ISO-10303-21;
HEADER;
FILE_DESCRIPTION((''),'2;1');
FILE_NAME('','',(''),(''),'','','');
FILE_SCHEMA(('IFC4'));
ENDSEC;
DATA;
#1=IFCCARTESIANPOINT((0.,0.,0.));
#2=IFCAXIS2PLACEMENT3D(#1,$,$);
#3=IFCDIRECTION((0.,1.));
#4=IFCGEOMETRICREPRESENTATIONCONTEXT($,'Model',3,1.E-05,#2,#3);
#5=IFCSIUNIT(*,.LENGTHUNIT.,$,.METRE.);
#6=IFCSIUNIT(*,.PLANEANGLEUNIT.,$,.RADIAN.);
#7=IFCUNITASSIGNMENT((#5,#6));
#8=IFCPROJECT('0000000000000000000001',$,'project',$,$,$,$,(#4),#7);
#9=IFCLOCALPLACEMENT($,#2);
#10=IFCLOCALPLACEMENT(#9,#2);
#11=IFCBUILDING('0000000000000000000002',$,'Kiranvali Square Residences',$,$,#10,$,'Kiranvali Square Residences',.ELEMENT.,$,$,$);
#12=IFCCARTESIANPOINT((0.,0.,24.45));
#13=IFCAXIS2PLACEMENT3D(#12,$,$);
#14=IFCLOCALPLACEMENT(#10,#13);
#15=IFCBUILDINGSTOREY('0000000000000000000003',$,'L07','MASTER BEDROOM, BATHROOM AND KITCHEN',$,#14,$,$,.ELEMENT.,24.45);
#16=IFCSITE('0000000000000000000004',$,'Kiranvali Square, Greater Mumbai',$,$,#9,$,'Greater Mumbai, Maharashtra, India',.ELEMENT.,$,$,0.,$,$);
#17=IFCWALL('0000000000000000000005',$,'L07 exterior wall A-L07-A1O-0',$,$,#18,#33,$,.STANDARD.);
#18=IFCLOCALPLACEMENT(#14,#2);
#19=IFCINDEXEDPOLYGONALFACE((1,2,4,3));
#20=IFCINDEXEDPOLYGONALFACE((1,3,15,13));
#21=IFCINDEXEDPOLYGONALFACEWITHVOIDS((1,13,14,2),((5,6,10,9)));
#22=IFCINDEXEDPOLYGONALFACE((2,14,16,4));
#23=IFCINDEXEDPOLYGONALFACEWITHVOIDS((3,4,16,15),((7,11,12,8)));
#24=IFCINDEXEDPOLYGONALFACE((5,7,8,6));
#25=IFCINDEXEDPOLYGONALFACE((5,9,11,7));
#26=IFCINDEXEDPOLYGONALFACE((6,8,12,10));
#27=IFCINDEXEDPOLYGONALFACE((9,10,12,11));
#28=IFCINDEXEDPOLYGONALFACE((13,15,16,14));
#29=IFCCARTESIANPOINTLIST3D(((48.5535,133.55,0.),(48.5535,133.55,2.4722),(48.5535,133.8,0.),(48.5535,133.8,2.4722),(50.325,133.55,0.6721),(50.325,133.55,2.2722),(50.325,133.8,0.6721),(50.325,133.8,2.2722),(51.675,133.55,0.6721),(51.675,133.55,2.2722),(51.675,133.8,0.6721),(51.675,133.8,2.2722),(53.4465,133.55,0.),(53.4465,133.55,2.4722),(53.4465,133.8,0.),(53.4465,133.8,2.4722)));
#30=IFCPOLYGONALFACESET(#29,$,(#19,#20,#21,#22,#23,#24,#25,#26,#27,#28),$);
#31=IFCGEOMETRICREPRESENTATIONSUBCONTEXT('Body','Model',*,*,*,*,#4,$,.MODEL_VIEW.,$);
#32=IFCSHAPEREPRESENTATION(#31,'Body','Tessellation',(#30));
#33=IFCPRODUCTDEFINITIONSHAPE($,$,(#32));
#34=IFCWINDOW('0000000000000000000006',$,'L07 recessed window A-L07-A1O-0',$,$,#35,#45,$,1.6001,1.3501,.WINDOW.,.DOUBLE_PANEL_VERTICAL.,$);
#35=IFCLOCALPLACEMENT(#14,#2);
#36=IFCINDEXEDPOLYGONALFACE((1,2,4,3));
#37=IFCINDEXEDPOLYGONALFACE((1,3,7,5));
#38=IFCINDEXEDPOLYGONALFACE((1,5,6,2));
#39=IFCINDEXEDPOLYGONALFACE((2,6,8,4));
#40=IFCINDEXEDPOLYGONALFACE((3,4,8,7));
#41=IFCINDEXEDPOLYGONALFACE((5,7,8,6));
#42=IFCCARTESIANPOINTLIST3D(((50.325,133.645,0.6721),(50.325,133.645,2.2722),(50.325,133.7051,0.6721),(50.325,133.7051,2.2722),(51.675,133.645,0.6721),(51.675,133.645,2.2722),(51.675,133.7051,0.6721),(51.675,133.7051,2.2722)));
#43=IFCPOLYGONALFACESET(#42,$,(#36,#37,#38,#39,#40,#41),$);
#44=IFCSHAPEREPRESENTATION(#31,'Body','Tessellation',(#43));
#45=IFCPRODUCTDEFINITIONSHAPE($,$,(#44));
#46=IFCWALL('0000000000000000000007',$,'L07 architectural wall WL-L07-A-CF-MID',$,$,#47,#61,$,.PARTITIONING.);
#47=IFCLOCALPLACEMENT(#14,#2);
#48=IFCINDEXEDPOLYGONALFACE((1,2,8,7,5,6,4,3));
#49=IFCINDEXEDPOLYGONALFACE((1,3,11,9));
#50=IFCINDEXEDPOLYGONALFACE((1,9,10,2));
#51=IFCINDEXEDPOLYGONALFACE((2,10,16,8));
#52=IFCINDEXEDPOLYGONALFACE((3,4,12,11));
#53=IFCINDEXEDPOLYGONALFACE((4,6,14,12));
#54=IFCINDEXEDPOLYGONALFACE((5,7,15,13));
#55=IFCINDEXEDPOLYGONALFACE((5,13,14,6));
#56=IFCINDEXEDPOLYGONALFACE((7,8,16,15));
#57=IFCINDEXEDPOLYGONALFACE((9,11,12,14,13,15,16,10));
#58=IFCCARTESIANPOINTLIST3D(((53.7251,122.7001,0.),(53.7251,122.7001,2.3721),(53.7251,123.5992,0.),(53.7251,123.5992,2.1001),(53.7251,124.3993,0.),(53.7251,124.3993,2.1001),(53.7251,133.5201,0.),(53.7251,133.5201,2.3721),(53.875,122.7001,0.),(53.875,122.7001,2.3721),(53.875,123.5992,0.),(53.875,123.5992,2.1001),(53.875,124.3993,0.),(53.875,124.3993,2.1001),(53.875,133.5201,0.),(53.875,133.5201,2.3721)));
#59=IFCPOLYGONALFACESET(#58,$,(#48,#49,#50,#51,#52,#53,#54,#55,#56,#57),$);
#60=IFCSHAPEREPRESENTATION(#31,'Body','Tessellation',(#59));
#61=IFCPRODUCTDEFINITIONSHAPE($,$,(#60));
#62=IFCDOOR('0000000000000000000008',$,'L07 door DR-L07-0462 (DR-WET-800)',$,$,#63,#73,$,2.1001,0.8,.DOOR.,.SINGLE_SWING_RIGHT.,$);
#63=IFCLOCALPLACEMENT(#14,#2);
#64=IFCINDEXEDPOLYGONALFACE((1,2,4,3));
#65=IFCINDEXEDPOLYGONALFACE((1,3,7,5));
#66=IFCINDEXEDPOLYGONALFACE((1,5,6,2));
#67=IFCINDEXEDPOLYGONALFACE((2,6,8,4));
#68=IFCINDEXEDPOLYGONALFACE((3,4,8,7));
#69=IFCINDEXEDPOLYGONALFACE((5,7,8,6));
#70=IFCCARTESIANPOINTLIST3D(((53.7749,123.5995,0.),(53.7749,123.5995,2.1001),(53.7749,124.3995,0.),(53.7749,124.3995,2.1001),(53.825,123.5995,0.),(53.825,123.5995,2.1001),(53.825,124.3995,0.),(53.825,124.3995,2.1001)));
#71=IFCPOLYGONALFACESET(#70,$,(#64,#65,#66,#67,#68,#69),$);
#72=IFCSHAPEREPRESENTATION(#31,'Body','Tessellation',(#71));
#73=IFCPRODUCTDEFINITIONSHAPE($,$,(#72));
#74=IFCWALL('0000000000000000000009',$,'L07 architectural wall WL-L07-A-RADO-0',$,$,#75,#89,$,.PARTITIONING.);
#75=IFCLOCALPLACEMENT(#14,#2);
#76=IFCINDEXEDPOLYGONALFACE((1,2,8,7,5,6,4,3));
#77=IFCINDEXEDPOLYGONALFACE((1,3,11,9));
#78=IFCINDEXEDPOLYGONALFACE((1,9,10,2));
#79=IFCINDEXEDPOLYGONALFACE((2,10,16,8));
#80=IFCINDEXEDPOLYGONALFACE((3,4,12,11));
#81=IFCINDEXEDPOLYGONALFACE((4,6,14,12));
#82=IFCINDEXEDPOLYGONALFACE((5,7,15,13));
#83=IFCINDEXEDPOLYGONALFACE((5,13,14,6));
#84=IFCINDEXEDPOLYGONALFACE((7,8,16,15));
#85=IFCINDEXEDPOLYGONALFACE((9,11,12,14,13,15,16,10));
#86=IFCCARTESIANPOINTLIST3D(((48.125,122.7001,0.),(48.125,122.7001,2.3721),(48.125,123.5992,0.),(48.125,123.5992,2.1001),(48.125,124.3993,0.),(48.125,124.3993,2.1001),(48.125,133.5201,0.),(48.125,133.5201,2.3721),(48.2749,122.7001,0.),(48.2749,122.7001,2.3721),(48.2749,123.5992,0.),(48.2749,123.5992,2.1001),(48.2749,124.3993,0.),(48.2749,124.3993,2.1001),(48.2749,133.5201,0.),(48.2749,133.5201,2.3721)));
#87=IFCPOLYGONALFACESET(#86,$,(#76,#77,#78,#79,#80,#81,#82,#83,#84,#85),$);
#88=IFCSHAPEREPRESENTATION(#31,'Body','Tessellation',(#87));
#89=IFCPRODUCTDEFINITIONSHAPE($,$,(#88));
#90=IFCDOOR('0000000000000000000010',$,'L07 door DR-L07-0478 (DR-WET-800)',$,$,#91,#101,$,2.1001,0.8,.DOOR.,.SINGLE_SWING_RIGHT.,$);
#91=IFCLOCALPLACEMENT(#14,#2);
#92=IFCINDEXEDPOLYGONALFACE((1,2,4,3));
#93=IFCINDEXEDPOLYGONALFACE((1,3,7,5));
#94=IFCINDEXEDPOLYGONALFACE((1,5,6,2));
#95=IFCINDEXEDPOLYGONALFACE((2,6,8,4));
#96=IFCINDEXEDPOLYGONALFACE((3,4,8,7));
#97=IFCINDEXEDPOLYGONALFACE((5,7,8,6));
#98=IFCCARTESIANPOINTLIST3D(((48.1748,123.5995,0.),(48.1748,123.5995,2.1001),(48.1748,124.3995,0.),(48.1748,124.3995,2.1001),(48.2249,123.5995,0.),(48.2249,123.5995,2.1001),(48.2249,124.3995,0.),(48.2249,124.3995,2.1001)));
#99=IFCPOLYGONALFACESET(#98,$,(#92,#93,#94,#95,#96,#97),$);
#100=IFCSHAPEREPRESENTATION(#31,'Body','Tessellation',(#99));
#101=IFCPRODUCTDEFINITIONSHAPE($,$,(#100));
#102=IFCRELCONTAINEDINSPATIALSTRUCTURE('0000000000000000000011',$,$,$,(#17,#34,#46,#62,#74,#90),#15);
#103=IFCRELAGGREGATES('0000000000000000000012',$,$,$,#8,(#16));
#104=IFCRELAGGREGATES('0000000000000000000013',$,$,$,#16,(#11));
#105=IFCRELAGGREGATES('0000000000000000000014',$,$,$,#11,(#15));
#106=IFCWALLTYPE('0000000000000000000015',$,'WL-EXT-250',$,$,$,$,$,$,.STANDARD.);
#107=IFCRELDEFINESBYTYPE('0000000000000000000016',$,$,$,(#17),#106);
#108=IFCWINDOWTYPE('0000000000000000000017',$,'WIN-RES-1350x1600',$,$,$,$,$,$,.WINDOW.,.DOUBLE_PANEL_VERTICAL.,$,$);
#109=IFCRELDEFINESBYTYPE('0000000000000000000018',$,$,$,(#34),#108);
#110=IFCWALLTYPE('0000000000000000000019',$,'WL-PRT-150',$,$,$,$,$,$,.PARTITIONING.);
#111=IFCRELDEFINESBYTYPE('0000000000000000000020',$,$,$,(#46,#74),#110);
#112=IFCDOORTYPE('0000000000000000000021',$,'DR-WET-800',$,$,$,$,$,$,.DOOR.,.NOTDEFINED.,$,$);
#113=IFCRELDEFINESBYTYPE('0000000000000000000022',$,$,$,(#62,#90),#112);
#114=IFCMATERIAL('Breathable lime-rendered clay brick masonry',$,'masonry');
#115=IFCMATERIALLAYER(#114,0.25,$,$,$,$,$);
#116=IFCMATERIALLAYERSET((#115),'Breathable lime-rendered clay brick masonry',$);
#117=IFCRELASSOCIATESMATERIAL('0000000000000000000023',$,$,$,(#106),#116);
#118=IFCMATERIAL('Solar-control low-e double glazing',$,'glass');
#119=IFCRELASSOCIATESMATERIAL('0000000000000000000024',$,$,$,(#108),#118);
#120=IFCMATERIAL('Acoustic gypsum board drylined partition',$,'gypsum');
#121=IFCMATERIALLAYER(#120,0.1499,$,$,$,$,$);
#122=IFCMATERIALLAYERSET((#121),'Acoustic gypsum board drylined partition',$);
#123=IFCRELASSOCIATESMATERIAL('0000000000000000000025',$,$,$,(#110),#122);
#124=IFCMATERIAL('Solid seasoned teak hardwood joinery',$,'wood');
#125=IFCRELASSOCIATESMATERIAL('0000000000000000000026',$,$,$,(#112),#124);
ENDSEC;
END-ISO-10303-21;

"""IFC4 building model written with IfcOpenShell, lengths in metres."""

from ifc_helpers import new_model, si_unit, direction, frame, frame_2d, origin, place, context, subcontext, project, spatial, rectangle, extrude, material, layer, layer_set, type_object, element, fill, save


model = new_model("IFC4")

# Units and contexts
model_context = context("Model", 3, precision=1e-05, world=origin(), true_north=direction((0.0, 1.0)))
body_context = subcontext(model_context, "Body", "Model", "MODEL_VIEW")
ifc_project = project(units=[si_unit("LENGTHUNIT", "METRE"), si_unit("PLANEANGLEUNIT", "RADIAN")], contexts=[model_context])

# Site, building, storey
site_placement = place(None, origin())
site = spatial("IfcSite", under=ifc_project, at=site_placement, Name="Kiranvali Square, Greater Mumbai", LongName="Greater Mumbai, Maharashtra, India", CompositionType="ELEMENT", RefElevation=0.0)
building_placement = place(site_placement, origin())
building = spatial("IfcBuilding", under=site, at=building_placement, Name="Kiranvali Square Residences", LongName="Kiranvali Square Residences", CompositionType="ELEMENT")
storey_placement = place(building_placement, frame((0.0, 0.0, 24.45)))
storey = spatial("IfcBuildingStorey", under=building, at=storey_placement, Name="L07", Description="MASTER BEDROOM, BATHROOM AND KITCHEN", CompositionType="ELEMENT", Elevation=24.45)

# Wall, opening, window
ifc_material_1 = material(Name="Breathable lime-rendered clay brick masonry", Category="masonry")
ifc_layer_1 = layer(ifc_material_1, 0.25)
ifc_layer_set_1 = layer_set([ifc_layer_1], Name="Breathable lime-rendered clay brick masonry")
wall_type_1 = type_object("IfcWallType", Name="WL-EXT-250", PredefinedType="STANDARD", material=ifc_layer_set_1)
wall_1_placement = place(storey_placement, frame((48.5535, 133.675, 0.0), z_axis=(0.0, 0.0, 1.0), x_axis=(1.0, 0.0, 0.0)))
wall_1 = element("IfcWall", 1, at=wall_1_placement, inside=storey, type_object=wall_type_1, Name="L07 exterior wall A-L07-A1O-0", PredefinedType="STANDARD", context=body_context, shape_type="SweptSolid", body=[
    extrude(rectangle(XDim=4.8931, YDim=0.25, at=frame_2d((2.4465, 0.0))), origin(), (0.0, 0.0, 1.0), 2.4722),
])
opening_1_placement = place(wall_1_placement, frame((1.7715, 0.0, 0.6721)))
opening_1 = element("IfcOpeningElement", 2, at=opening_1_placement, cuts=wall_1, PredefinedType="OPENING", context=body_context, shape_type="SweptSolid", body=[
    extrude(rectangle(XDim=1.3501, YDim=1.6001, at=frame_2d((0.675, 0.8))), frame((0.0, 0.135, 0.0), z_axis=(0.0, -1.0, 0.0), x_axis=(1.0, 0.0, 0.0)), (0.0, 0.0, 1.0), 0.27),
])
ifc_material_2 = material(Name="Solar-control low-e double glazing", Category="glass")
window_type = type_object("IfcWindowType", Name="WIN-RES-1350x1600", PartitioningType="DOUBLE_PANEL_VERTICAL", PredefinedType="WINDOW", material=ifc_material_2)
window_placement = place(opening_1_placement, origin())
window = element("IfcWindow", 3, at=window_placement, inside=storey, type_object=window_type, Name="L07 recessed window A-L07-A1O-0", OverallHeight=1.6001, OverallWidth=1.3501, PartitioningType="DOUBLE_PANEL_VERTICAL", PredefinedType="WINDOW", context=body_context, shape_type="SweptSolid", body=[
    extrude(rectangle(XDim=1.3501, YDim=1.6001, at=frame_2d((0.675, 0.8))), frame((0.0, 0.03, 0.0), z_axis=(0.0, -1.0, 0.0), x_axis=(1.0, 0.0, 0.0)), (0.0, 0.0, 1.0), 0.0601),
])
fill(opening_1, window)

# Walls, openings, doors
ifc_material_3 = material(Name="Acoustic gypsum board drylined partition", Category="gypsum")
ifc_layer_2 = layer(ifc_material_3, 0.1499)
ifc_layer_set_2 = layer_set([ifc_layer_2], Name="Acoustic gypsum board drylined partition")
wall_type_2 = type_object("IfcWallType", Name="WL-PRT-150", PredefinedType="PARTITIONING", material=ifc_layer_set_2)
wall_2_placement = place(storey_placement, frame((53.8, 122.7, 0.0), z_axis=(0.0, 0.0, 1.0), x_axis=(0.0, 1.0, 0.0)))
wall_2 = element("IfcWall", 4, at=wall_2_placement, inside=storey, type_object=wall_type_2, Name="L07 architectural wall WL-L07-A-CF-MID", PredefinedType="PARTITIONING", context=body_context, shape_type="SweptSolid", body=[
    extrude(rectangle(XDim=10.8201, YDim=0.1499, at=frame_2d((5.4102, 0.0))), origin(), (0.0, 0.0, 1.0), 2.3721),
])
opening_2_placement = place(wall_2_placement, frame((0.8994, 0.0, 0.0)))
opening_2 = element("IfcOpeningElement", 5, at=opening_2_placement, cuts=wall_2, PredefinedType="OPENING", context=body_context, shape_type="SweptSolid", body=[
    extrude(rectangle(XDim=0.8, YDim=2.1001, at=frame_2d((0.3999, 1.05))), frame((0.0, 0.085, 0.0), z_axis=(0.0, -1.0, 0.0), x_axis=(1.0, 0.0, 0.0)), (0.0, 0.0, 1.0), 0.1699),
])
ifc_material_4 = material(Name="Solid seasoned teak hardwood joinery", Category="wood")
door_type = type_object("IfcDoorType", Name="DR-WET-800", OperationType="NOTDEFINED", PredefinedType="DOOR", material=ifc_material_4)
door_1_placement = place(opening_2_placement, frame((0.8, 0.0, 0.0), z_axis=(0.0, 0.0, 1.0), x_axis=(-1.0, 0.0, 0.0)))
door_1 = element("IfcDoor", 6, at=door_1_placement, inside=storey, type_object=door_type, Name="L07 door DR-L07-0462 (DR-WET-800)", OperationType="SINGLE_SWING_RIGHT", OverallHeight=2.1001, OverallWidth=0.8, PredefinedType="DOOR", context=body_context, shape_type="SweptSolid", body=[
    extrude(rectangle(XDim=0.8, YDim=2.1001, at=frame_2d((0.3999, 1.05))), frame((0.0, 0.0249, 0.0), z_axis=(0.0, -1.0, 0.0), x_axis=(1.0, 0.0, 0.0)), (0.0, 0.0, 1.0), 0.05),
])
fill(opening_2, door_1)
wall_3_placement = place(storey_placement, frame((48.2, 122.7, 0.0), z_axis=(0.0, 0.0, 1.0), x_axis=(0.0, 1.0, 0.0)))
wall_3 = element("IfcWall", 7, at=wall_3_placement, inside=storey, type_object=wall_type_2, Name="L07 architectural wall WL-L07-A-RADO-0", PredefinedType="PARTITIONING", context=body_context, shape_type="SweptSolid", body=[
    extrude(rectangle(XDim=10.8201, YDim=0.1499, at=frame_2d((5.4102, 0.0))), origin(), (0.0, 0.0, 1.0), 2.3721),
])
opening_3_placement = place(wall_3_placement, frame((0.8994, 0.0, 0.0)))
opening_3 = element("IfcOpeningElement", 8, at=opening_3_placement, cuts=wall_3, PredefinedType="OPENING", context=body_context, shape_type="SweptSolid", body=[
    extrude(rectangle(XDim=0.8, YDim=2.1001, at=frame_2d((0.3999, 1.05))), frame((0.0, 0.085, 0.0), z_axis=(0.0, -1.0, 0.0), x_axis=(1.0, 0.0, 0.0)), (0.0, 0.0, 1.0), 0.1699),
])
door_2_placement = place(opening_3_placement, frame((0.8, 0.0, 0.0), z_axis=(0.0, 0.0, 1.0), x_axis=(-1.0, 0.0, 0.0)))
door_2 = element("IfcDoor", 9, at=door_2_placement, inside=storey, type_object=door_type, Name="L07 door DR-L07-0478 (DR-WET-800)", OperationType="SINGLE_SWING_RIGHT", OverallHeight=2.1001, OverallWidth=0.8, PredefinedType="DOOR", context=body_context, shape_type="SweptSolid", body=[
    extrude(rectangle(XDim=0.8, YDim=2.1001, at=frame_2d((0.3999, 1.05))), frame((0.0, 0.0249, 0.0), z_axis=(0.0, -1.0, 0.0), x_axis=(1.0, 0.0, 0.0)), (0.0, 0.0, 1.0), 0.05),
])
fill(opening_3, door_2)

save(model, "model.ifc")
